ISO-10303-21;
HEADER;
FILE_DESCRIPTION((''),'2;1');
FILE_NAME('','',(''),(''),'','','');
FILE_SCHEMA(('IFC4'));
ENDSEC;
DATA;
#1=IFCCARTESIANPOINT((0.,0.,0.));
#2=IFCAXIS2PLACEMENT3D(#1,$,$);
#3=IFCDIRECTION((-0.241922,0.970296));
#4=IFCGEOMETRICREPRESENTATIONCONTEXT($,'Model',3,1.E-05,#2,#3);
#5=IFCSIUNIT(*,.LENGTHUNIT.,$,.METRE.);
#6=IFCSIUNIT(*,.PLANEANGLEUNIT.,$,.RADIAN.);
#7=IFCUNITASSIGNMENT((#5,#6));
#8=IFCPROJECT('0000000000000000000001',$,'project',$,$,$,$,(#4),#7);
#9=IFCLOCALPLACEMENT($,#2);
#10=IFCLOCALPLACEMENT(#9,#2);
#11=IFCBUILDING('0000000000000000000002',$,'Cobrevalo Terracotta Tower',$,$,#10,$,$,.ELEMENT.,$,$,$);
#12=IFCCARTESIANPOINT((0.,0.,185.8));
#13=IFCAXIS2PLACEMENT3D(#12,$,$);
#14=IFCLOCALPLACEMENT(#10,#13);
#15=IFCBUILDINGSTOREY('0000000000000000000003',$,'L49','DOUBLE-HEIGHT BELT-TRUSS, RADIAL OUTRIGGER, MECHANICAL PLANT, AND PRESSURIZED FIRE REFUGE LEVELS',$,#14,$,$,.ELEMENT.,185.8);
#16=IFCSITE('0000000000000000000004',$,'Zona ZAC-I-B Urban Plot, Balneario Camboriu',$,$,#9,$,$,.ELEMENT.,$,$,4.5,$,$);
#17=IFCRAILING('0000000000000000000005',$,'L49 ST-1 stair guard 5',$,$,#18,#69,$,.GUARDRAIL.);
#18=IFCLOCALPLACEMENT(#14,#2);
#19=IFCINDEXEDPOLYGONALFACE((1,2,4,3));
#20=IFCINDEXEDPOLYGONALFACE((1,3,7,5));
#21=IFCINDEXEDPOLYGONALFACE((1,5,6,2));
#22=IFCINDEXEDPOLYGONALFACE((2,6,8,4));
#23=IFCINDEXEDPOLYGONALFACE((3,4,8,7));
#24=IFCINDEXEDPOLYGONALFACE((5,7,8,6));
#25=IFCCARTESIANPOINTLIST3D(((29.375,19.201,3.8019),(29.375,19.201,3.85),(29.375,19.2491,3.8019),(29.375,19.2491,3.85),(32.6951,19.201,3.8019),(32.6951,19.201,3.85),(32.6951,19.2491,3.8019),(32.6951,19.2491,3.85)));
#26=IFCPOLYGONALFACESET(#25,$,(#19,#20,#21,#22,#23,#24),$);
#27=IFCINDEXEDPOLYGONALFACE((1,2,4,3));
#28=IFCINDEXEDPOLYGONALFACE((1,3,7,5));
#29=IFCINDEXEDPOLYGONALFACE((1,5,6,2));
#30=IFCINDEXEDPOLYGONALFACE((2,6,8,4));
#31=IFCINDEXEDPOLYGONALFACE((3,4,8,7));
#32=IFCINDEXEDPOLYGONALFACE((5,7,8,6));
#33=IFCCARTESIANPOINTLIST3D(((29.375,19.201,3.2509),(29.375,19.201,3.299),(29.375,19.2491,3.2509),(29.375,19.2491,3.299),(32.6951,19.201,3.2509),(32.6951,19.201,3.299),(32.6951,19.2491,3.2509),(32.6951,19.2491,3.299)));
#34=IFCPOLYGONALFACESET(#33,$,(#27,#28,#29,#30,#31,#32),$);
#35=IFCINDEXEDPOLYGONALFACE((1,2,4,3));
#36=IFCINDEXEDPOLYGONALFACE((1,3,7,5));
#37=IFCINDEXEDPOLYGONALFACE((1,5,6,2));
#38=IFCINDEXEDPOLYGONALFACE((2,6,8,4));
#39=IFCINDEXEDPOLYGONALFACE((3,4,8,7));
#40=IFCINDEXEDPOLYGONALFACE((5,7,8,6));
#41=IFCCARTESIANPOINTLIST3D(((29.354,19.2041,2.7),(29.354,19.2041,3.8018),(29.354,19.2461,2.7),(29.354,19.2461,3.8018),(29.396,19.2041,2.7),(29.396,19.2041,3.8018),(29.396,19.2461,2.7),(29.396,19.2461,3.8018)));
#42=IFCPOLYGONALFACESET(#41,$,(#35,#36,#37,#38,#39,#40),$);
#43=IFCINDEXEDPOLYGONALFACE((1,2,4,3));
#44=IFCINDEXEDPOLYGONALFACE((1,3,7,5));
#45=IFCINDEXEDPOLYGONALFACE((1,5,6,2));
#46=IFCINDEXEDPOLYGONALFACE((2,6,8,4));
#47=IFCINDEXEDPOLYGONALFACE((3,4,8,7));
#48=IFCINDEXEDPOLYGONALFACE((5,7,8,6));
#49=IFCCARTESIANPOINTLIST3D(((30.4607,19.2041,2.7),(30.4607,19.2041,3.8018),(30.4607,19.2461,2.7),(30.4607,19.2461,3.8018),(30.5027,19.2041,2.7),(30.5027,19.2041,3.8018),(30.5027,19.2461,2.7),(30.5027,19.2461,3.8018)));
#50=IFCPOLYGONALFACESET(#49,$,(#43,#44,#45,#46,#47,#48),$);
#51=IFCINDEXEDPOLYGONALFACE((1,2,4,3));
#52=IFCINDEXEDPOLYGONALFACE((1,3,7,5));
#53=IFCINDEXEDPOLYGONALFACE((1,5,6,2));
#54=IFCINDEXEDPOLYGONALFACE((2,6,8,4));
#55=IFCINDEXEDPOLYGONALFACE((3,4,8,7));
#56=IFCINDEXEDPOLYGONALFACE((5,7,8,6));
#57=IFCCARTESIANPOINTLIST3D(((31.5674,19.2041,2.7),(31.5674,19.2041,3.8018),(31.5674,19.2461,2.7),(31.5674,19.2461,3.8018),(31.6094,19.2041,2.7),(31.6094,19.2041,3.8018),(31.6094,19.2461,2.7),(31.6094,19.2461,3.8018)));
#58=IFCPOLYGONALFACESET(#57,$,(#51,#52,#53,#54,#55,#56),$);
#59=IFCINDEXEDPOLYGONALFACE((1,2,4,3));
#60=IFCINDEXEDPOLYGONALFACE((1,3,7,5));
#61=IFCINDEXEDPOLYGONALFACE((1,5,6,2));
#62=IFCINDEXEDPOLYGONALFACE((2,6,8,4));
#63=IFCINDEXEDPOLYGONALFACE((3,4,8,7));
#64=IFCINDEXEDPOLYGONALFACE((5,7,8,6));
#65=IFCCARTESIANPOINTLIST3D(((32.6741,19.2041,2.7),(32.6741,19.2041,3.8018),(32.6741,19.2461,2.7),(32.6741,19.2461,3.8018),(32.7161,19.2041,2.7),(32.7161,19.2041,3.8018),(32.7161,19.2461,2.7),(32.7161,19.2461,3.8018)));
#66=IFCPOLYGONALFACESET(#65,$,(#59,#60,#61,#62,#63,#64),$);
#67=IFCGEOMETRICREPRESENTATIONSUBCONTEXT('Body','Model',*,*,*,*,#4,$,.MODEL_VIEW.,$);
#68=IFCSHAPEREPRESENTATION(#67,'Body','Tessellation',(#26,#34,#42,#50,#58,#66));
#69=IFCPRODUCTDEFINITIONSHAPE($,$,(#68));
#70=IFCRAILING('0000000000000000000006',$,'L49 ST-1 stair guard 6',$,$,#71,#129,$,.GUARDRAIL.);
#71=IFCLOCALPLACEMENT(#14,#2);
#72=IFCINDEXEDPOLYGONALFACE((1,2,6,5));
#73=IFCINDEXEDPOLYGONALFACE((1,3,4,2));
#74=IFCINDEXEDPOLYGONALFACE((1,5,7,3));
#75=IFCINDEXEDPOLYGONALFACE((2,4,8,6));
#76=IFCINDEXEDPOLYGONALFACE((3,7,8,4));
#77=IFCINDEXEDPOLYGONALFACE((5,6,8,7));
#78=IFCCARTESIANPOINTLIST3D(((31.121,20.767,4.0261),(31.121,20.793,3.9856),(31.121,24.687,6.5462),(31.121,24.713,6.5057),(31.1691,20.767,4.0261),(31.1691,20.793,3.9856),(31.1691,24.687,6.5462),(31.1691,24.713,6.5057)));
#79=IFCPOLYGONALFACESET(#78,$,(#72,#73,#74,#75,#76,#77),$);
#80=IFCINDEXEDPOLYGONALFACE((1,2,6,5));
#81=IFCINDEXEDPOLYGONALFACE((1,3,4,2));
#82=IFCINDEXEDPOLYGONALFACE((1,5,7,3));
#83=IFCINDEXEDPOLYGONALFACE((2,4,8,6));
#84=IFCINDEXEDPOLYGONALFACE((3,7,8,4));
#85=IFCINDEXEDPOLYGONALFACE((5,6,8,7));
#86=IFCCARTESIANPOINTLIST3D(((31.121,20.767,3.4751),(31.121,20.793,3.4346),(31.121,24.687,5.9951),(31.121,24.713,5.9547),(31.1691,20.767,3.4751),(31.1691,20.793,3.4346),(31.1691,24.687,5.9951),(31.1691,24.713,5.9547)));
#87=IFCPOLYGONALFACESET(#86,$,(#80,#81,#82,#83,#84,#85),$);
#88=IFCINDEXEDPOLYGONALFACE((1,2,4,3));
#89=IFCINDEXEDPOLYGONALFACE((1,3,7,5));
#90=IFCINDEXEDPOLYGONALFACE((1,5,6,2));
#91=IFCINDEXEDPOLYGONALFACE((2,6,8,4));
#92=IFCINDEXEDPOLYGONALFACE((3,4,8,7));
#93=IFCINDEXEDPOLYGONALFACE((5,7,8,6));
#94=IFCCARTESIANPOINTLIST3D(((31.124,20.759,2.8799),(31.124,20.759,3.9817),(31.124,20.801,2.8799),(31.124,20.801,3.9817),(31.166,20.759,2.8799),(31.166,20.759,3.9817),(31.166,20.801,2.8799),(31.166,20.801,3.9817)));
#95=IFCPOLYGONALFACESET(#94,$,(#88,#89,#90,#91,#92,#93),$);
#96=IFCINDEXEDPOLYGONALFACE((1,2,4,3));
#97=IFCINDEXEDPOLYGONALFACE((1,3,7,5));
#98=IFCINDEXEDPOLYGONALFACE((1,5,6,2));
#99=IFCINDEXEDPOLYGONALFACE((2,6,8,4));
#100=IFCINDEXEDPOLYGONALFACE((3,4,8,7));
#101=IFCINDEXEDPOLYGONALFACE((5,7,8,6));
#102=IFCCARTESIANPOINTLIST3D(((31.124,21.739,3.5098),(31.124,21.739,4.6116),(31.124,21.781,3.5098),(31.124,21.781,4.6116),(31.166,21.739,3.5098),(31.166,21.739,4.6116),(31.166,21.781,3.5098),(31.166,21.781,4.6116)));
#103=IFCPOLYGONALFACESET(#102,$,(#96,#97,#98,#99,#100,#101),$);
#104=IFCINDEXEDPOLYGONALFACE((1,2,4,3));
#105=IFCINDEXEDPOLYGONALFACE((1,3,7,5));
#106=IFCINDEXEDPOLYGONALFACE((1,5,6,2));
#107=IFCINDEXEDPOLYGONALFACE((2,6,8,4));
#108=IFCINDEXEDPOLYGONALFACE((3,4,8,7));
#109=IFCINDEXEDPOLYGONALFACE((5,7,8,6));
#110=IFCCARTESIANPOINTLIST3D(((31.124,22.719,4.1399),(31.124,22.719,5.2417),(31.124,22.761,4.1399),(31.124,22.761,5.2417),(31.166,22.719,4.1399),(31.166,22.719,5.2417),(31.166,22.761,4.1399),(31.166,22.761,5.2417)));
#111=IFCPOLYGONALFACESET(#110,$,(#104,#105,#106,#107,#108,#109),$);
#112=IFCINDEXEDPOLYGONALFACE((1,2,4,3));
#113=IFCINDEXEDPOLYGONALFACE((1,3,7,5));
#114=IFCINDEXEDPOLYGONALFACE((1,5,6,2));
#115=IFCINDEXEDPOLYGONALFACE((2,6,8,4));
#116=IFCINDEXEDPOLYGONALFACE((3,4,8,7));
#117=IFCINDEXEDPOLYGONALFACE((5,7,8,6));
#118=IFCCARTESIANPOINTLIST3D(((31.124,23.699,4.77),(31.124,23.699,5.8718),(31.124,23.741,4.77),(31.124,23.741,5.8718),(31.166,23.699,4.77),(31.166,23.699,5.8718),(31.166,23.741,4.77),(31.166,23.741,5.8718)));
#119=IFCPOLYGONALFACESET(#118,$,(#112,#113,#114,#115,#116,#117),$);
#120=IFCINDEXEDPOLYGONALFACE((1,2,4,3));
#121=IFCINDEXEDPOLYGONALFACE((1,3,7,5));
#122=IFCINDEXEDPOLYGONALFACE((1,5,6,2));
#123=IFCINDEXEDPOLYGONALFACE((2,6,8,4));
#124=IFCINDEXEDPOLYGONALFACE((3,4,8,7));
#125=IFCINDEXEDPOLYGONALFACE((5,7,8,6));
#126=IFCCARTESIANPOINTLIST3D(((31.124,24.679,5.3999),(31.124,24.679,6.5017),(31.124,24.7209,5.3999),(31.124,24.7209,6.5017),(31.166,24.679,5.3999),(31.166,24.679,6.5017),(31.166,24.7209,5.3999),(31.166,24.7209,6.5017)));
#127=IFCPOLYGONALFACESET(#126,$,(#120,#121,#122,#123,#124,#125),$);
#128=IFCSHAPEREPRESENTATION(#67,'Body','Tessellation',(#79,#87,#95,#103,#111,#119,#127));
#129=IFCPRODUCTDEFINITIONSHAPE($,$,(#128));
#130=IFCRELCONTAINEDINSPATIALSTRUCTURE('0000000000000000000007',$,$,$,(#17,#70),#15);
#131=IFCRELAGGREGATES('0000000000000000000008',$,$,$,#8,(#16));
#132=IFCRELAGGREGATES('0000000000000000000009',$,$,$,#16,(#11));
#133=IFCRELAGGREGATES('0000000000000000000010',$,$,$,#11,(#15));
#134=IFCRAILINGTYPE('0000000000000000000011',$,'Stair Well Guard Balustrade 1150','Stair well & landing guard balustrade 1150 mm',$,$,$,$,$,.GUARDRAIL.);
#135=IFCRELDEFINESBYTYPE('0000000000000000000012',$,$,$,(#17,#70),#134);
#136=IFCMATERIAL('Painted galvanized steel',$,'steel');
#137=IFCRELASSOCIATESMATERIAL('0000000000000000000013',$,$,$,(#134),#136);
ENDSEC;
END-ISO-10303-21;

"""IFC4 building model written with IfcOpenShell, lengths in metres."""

from ifc_helpers import new_model, si_unit, direction, frame, origin, origin_2d, place, context, subcontext, project, spatial, rectangle, extrude, material, type_object, element, save


model = new_model("IFC4")

# Units and contexts
model_context = context("Model", 3, precision=1e-05, world=origin(), true_north=direction((-0.241922, 0.970296)))
body_context = subcontext(model_context, "Body", "Model", "MODEL_VIEW")
ifc_project = project(units=[si_unit("LENGTHUNIT", "METRE"), si_unit("PLANEANGLEUNIT", "RADIAN")], contexts=[model_context])

# Site, building, storey
site_placement = place(None, origin())
site = spatial("IfcSite", under=ifc_project, at=site_placement, Name="Zona ZAC-I-B Urban Plot, Balneario Camboriu", CompositionType="ELEMENT", RefElevation=4.5)
building_placement = place(site_placement, origin())
building = spatial("IfcBuilding", under=site, at=building_placement, Name="Cobrevalo Terracotta Tower", CompositionType="ELEMENT")
storey_placement = place(building_placement, frame((0.0, 0.0, 185.8)))
storey = spatial("IfcBuildingStorey", under=building, at=storey_placement, Name="L49", Description="DOUBLE-HEIGHT BELT-TRUSS, RADIAL OUTRIGGER, MECHANICAL PLANT, AND PRESSURIZED FIRE REFUGE LEVELS", CompositionType="ELEMENT", Elevation=185.8)

# Railings
ifc_material_1 = material(Name="Painted galvanized steel", Category="steel")
railing_type_1 = type_object("IfcRailingType", Name="Stair Well Guard Balustrade 1150", Description="Stair well & landing guard balustrade 1150 mm", PredefinedType="GUARDRAIL", material=ifc_material_1)
railing_1_placement = place(storey_placement, frame((29.375, 19.2251, 2.7)))
element("IfcRailing", 1, at=railing_1_placement, inside=storey, type_object=railing_type_1, Name="L49 ST-1 stair guard 5", PredefinedType="GUARDRAIL", context=body_context, shape_type="SweptSolid", body=[
    extrude(rectangle(XDim=0.0481, YDim=0.0481, at=origin_2d()), frame((0.0, 0.0, 1.126), z_axis=(1.0, 0.0, 0.0), x_axis=(0.0, 1.0, 0.0)), (0.0, 0.0, 1.0), 3.3201),
    extrude(rectangle(XDim=0.0481, YDim=0.0481, at=origin_2d()), frame((0.0, 0.0, 0.575), z_axis=(1.0, 0.0, 0.0), x_axis=(0.0, 1.0, 0.0)), (0.0, 0.0, 1.0), 3.3201),
    extrude(rectangle(XDim=0.042, YDim=0.042, at=origin_2d()), origin(), (0.0, 0.0, 1.0), 1.1018),
    extrude(rectangle(XDim=0.042, YDim=0.042, at=origin_2d()), frame((1.1067, 0.0, 0.0)), (0.0, 0.0, 1.0), 1.1018),
    extrude(rectangle(XDim=0.042, YDim=0.042, at=origin_2d()), frame((2.2134, 0.0, 0.0)), (0.0, 0.0, 1.0), 1.1018),
    extrude(rectangle(XDim=0.042, YDim=0.042, at=origin_2d()), frame((3.3201, 0.0, 0.0)), (0.0, 0.0, 1.0), 1.1018),
])
railing_2_placement = place(storey_placement, frame((31.145, 20.78, 2.8799)))
element("IfcRailing", 2, at=railing_2_placement, inside=storey, type_object=railing_type_1, Name="L49 ST-1 stair guard 6", PredefinedType="GUARDRAIL", context=body_context, shape_type="SweptSolid", body=[
    extrude(rectangle(XDim=0.0481, YDim=0.0481, at=origin_2d()), frame((0.0, 0.0, 1.126), z_axis=(0.0, 0.841172, 0.540768), x_axis=(-1.0, 0.0, 0.0)), (0.0, 0.0, 1.0), 4.6602),
    extrude(rectangle(XDim=0.0481, YDim=0.0481, at=origin_2d()), frame((0.0, 0.0, 0.575), z_axis=(0.0, 0.841172, 0.540768), x_axis=(-1.0, 0.0, 0.0)), (0.0, 0.0, 1.0), 4.6602),
    extrude(rectangle(XDim=0.042, YDim=0.042, at=origin_2d()), origin(), (0.0, 0.0, 1.0), 1.1018),
    extrude(rectangle(XDim=0.042, YDim=0.042, at=origin_2d()), frame((0.0, 0.98, 0.6299)), (0.0, 0.0, 1.0), 1.1018),
    extrude(rectangle(XDim=0.042, YDim=0.042, at=origin_2d()), frame((0.0, 1.96, 1.26)), (0.0, 0.0, 1.0), 1.1018),
    extrude(rectangle(XDim=0.042, YDim=0.042, at=origin_2d()), frame((0.0, 2.9399, 1.8901)), (0.0, 0.0, 1.0), 1.1018),
    extrude(rectangle(XDim=0.042, YDim=0.042, at=origin_2d()), frame((0.0, 3.9199, 2.52)), (0.0, 0.0, 1.0), 1.1018),
])

save(model, "model.ifc")
